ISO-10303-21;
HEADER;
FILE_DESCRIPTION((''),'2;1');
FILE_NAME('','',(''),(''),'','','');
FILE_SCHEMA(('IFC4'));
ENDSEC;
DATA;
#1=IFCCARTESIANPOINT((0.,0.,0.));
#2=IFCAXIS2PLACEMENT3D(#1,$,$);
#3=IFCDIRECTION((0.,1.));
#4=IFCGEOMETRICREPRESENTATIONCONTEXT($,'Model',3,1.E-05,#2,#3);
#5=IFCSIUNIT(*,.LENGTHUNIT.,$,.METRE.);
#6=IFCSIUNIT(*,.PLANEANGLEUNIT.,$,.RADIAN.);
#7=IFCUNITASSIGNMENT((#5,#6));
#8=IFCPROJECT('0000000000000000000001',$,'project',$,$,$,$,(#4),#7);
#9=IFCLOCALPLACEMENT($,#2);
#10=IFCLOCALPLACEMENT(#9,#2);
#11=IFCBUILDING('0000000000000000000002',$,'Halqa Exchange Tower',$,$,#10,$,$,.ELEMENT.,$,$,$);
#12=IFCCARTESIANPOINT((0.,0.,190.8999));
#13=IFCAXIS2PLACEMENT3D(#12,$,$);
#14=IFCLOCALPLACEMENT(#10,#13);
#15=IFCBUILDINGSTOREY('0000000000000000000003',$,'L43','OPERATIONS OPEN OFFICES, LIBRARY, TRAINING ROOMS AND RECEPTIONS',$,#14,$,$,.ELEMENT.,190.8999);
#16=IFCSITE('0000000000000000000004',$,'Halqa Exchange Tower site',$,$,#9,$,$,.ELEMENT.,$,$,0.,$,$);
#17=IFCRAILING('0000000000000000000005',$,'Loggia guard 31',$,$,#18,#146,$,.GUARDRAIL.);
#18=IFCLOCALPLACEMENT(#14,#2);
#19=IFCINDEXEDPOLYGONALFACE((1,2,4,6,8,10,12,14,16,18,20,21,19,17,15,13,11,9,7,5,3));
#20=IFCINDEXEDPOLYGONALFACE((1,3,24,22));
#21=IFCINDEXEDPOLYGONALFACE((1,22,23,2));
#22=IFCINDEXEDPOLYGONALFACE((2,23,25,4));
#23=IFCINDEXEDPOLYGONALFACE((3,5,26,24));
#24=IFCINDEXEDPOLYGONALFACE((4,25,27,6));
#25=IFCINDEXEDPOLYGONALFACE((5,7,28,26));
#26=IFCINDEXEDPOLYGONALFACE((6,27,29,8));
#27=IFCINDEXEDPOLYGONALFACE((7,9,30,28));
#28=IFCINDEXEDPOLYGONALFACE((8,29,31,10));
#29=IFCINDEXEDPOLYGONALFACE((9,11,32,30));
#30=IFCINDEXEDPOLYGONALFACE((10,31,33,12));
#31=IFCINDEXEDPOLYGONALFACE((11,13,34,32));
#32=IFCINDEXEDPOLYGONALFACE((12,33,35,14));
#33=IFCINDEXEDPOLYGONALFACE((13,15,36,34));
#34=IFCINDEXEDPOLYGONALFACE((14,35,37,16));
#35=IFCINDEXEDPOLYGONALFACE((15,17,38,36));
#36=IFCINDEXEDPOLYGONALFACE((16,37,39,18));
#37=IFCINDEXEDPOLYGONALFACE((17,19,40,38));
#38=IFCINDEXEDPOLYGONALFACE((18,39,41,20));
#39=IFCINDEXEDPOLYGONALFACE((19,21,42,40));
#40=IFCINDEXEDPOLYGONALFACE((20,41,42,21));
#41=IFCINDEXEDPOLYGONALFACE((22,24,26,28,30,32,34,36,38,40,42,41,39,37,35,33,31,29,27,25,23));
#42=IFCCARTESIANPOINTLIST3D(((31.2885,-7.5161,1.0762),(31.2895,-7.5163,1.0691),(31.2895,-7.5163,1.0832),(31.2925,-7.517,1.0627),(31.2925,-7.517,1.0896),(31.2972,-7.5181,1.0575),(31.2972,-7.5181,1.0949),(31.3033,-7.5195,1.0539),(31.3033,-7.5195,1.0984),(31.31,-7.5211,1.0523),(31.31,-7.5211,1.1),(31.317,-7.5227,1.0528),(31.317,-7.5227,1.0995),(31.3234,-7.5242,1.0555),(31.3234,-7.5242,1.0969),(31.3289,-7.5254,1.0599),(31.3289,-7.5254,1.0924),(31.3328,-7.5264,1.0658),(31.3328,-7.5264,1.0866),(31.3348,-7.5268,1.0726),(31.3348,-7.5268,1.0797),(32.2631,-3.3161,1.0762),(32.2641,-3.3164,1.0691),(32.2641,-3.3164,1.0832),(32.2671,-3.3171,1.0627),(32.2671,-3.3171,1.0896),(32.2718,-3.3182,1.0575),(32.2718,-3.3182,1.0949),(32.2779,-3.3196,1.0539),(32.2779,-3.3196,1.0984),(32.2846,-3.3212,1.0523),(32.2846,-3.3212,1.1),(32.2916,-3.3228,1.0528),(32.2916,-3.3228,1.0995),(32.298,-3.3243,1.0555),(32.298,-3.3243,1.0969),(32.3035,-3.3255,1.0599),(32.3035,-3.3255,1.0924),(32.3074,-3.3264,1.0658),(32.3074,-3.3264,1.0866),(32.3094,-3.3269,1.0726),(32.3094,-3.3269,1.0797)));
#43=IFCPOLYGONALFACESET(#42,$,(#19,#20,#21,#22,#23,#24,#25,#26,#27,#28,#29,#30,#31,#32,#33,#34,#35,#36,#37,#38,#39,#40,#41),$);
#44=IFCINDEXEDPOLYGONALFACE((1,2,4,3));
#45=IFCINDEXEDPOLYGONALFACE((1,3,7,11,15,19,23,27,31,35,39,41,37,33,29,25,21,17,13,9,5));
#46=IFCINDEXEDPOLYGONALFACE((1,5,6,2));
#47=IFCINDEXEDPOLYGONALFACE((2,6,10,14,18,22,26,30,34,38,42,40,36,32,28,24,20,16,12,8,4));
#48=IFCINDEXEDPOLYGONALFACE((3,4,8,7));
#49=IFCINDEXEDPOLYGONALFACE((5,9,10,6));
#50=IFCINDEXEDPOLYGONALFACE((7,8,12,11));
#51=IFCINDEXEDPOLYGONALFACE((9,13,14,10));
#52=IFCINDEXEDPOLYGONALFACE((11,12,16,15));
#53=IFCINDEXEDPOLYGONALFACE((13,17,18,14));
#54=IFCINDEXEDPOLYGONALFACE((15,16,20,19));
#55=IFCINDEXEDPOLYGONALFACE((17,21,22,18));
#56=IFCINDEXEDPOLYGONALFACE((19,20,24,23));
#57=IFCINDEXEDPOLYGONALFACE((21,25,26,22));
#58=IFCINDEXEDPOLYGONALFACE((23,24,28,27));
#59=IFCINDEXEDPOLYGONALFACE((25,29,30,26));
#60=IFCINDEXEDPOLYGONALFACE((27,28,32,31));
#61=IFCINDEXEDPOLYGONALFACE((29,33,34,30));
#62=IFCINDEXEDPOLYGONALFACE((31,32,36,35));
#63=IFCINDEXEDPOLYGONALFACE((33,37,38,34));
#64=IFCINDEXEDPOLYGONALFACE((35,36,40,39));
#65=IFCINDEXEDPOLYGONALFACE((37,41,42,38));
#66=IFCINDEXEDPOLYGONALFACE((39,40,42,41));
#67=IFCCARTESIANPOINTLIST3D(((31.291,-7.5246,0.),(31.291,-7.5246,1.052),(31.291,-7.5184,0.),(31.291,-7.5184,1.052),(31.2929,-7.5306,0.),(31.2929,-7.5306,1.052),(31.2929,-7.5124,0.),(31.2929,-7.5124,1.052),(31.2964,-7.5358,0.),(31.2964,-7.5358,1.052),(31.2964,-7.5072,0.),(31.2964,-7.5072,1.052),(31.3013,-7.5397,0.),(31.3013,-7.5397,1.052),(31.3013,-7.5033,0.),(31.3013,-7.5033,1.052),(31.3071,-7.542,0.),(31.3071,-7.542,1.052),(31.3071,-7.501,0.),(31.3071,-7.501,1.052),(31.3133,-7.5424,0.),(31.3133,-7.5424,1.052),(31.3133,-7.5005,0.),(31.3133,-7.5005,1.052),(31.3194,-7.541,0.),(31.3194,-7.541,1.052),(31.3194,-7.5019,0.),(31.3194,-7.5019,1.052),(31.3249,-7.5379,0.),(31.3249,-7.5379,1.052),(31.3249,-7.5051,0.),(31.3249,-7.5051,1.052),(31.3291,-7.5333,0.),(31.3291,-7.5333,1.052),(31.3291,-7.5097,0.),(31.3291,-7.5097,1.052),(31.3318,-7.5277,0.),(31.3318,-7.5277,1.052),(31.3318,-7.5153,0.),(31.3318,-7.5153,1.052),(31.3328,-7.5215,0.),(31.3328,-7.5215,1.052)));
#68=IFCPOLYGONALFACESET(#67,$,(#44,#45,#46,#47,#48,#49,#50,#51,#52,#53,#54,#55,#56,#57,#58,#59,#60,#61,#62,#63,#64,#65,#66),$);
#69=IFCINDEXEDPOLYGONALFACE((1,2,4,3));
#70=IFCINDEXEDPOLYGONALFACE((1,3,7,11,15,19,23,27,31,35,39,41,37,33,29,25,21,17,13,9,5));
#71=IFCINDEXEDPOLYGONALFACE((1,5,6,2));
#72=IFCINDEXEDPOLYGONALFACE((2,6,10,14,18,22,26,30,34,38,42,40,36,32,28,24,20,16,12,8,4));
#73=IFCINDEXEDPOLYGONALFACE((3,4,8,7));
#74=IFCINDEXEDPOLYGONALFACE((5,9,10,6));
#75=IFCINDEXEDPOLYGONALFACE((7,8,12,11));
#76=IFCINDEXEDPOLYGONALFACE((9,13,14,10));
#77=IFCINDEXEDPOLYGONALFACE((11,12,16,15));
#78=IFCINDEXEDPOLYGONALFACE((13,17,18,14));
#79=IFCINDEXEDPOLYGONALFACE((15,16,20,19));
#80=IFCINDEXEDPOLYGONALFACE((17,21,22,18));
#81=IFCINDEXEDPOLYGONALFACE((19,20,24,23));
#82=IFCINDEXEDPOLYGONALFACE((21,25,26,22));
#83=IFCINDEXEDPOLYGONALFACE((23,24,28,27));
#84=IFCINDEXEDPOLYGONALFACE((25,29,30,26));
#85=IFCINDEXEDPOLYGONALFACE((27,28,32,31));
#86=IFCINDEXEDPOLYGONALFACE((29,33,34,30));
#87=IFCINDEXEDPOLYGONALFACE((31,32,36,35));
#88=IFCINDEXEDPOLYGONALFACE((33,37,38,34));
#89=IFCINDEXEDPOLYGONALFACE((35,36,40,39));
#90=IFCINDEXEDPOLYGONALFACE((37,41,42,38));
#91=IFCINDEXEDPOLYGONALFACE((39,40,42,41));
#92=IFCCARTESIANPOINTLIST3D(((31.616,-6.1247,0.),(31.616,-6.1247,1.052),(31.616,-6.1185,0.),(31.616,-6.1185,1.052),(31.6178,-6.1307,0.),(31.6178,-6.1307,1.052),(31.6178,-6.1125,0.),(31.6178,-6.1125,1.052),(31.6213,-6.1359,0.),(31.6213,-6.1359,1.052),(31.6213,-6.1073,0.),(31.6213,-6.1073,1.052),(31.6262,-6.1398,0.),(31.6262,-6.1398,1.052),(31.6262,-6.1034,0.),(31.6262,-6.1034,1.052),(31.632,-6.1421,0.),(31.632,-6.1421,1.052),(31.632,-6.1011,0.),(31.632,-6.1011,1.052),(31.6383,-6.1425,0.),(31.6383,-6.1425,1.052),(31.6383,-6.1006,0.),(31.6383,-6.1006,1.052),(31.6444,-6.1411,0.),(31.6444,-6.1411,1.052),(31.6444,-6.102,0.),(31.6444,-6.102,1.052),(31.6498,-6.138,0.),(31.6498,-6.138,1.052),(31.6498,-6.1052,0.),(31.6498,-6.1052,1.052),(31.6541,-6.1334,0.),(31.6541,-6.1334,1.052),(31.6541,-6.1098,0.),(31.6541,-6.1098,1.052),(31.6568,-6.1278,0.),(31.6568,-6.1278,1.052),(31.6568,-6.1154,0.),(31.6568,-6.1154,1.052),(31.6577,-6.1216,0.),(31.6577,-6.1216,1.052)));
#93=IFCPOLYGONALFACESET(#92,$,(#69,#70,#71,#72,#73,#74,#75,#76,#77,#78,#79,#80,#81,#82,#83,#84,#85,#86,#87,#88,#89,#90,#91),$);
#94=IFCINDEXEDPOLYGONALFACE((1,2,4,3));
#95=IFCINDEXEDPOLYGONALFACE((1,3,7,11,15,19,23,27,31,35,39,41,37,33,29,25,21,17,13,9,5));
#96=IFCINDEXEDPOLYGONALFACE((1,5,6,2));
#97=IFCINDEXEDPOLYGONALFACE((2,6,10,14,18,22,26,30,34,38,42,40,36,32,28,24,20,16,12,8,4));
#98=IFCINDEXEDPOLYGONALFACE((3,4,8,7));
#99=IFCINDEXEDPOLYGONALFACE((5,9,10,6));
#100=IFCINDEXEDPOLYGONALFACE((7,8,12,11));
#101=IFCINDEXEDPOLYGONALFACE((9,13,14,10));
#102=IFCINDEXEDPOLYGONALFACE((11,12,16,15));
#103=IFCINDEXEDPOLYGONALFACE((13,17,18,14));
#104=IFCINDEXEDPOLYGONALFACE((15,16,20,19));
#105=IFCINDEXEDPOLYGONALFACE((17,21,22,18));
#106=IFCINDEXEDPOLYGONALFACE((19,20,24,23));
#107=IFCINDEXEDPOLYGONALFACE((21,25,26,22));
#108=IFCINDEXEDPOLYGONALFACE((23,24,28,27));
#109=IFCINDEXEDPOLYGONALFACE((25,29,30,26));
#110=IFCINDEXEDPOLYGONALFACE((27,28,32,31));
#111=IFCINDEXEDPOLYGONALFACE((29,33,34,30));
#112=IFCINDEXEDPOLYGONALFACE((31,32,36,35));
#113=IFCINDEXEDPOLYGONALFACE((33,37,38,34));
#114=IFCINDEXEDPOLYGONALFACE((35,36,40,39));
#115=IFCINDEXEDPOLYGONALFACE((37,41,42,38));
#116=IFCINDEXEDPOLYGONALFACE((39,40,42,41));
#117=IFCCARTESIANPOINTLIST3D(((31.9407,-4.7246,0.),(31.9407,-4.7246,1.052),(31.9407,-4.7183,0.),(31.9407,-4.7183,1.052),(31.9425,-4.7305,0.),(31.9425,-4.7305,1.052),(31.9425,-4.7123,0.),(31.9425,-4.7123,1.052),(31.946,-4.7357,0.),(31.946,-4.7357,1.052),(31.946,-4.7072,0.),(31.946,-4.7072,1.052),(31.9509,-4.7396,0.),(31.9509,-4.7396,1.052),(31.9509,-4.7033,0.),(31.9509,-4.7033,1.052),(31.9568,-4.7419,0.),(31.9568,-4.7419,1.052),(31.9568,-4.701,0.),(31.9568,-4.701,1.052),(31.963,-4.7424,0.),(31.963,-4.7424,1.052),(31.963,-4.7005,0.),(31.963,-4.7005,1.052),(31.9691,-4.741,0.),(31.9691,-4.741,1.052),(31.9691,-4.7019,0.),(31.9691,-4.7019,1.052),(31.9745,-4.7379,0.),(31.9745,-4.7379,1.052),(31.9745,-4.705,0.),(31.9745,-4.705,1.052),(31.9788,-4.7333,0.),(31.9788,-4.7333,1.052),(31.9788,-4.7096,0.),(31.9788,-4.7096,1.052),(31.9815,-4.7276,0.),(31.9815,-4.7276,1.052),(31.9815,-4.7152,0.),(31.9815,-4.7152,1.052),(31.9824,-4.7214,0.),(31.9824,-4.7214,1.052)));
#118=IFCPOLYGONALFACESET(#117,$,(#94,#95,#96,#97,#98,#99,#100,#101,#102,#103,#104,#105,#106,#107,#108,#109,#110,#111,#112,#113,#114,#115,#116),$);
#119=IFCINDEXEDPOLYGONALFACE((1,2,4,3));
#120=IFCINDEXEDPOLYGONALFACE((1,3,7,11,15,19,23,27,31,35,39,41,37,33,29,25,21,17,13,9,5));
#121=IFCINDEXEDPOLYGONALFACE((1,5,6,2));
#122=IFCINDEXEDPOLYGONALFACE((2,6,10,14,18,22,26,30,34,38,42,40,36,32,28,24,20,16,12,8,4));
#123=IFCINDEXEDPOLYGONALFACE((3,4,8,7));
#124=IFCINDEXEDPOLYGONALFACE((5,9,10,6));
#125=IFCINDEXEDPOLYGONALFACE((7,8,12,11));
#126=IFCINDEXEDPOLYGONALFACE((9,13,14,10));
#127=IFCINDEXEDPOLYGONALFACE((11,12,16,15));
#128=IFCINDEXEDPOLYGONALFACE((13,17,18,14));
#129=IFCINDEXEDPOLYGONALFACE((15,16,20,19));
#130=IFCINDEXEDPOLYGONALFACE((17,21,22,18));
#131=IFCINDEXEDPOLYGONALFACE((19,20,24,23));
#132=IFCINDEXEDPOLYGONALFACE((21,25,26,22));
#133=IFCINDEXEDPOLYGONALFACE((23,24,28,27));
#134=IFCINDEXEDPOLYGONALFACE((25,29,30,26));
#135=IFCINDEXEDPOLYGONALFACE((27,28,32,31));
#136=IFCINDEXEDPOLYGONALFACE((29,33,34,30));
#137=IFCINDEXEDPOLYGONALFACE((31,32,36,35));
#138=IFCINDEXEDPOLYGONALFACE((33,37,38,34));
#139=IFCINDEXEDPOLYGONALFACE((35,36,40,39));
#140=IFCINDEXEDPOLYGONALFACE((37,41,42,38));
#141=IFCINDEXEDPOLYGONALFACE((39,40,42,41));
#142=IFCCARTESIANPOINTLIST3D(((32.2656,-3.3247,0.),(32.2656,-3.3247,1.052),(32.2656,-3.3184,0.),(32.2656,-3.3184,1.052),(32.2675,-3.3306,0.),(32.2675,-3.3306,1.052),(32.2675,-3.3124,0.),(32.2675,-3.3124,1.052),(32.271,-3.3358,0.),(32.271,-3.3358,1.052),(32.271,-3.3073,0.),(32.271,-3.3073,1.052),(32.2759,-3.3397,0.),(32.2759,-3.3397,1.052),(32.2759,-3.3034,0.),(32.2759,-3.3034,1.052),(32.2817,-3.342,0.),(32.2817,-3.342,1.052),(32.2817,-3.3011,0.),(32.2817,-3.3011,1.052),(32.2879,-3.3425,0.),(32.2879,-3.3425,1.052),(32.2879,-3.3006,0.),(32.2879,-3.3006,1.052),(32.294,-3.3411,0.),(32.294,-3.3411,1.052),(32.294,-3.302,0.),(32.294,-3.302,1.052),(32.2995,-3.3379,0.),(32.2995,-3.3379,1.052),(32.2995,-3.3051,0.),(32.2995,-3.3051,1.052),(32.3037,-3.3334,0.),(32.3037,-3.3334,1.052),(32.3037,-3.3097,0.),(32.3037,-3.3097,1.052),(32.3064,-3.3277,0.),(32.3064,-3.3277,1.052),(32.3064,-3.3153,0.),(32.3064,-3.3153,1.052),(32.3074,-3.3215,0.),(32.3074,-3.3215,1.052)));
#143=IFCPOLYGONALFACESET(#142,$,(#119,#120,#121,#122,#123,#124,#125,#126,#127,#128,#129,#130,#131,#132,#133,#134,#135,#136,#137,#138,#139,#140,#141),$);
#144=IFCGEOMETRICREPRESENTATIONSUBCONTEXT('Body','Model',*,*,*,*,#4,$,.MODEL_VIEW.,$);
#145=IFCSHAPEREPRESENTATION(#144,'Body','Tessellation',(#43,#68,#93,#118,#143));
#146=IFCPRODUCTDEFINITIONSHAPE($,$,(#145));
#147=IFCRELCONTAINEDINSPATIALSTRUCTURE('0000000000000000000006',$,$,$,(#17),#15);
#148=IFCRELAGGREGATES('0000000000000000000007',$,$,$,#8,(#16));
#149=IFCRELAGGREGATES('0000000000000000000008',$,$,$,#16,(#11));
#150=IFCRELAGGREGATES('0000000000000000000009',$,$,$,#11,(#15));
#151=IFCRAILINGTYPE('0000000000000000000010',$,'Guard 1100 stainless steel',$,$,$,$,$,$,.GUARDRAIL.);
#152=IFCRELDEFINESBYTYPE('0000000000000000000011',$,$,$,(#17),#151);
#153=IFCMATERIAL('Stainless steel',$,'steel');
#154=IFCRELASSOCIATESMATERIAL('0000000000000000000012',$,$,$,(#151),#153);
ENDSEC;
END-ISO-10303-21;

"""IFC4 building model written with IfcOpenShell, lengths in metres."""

from ifc_helpers import new_model, si_unit, direction, frame, origin, origin_2d, place, context, subcontext, project, spatial, circle, extrude, material, type_object, element, save


model = new_model("IFC4")

# Units and contexts
model_context = context("Model", 3, precision=1e-05, world=origin(), true_north=direction((0.0, 1.0)))
body_context = subcontext(model_context, "Body", "Model", "MODEL_VIEW")
ifc_project = project(units=[si_unit("LENGTHUNIT", "METRE"), si_unit("PLANEANGLEUNIT", "RADIAN")], contexts=[model_context])

# Site, building, storey
site_placement = place(None, origin())
site = spatial("IfcSite", under=ifc_project, at=site_placement, Name="Halqa Exchange Tower site", CompositionType="ELEMENT", RefElevation=0.0)
building_placement = place(site_placement, origin())
building = spatial("IfcBuilding", under=site, at=building_placement, Name="Halqa Exchange Tower", CompositionType="ELEMENT")
storey_placement = place(building_placement, frame((0.0, 0.0, 190.8999)))
storey = spatial("IfcBuildingStorey", under=building, at=storey_placement, Name="L43", Description="OPERATIONS OPEN OFFICES, LIBRARY, TRAINING ROOMS AND RECEPTIONS", CompositionType="ELEMENT", Elevation=190.8999)

# Railing
ifc_material_1 = material(Name="Stainless steel", Category="steel")
railing_type = type_object("IfcRailingType", Name="Guard 1100 stainless steel", PredefinedType="GUARDRAIL", material=ifc_material_1)
railing_1_placement = place(storey_placement, frame((31.3118, -7.5215, 0.0)))
element("IfcRailing", 1, at=railing_1_placement, inside=storey, type_object=railing_type, Name="Loggia guard 31", PredefinedType="GUARDRAIL", context=body_context, shape_type="SweptSolid", body=[
    extrude(circle(Radius=0.0239, at=origin_2d()), frame((0.0, 0.0, 1.0762), z_axis=(0.226046, 0.974117, 0.0), x_axis=(-0.974117, 0.226046, 0.0)), (0.0, 0.0, 1.0), 4.3115),
    extrude(circle(Radius=0.021, at=origin_2d()), origin(), (0.0, 0.0, 1.0), 1.052),
    extrude(circle(Radius=0.021, at=origin_2d()), frame((0.325, 1.3999, 0.0)), (0.0, 0.0, 1.0), 1.052),
    extrude(circle(Radius=0.021, at=origin_2d()), frame((0.6497, 2.8, 0.0)), (0.0, 0.0, 1.0), 1.052),
    extrude(circle(Radius=0.021, at=origin_2d()), frame((0.9746, 4.2, 0.0)), (0.0, 0.0, 1.0), 1.052),
])

save(model, "model.ifc")
